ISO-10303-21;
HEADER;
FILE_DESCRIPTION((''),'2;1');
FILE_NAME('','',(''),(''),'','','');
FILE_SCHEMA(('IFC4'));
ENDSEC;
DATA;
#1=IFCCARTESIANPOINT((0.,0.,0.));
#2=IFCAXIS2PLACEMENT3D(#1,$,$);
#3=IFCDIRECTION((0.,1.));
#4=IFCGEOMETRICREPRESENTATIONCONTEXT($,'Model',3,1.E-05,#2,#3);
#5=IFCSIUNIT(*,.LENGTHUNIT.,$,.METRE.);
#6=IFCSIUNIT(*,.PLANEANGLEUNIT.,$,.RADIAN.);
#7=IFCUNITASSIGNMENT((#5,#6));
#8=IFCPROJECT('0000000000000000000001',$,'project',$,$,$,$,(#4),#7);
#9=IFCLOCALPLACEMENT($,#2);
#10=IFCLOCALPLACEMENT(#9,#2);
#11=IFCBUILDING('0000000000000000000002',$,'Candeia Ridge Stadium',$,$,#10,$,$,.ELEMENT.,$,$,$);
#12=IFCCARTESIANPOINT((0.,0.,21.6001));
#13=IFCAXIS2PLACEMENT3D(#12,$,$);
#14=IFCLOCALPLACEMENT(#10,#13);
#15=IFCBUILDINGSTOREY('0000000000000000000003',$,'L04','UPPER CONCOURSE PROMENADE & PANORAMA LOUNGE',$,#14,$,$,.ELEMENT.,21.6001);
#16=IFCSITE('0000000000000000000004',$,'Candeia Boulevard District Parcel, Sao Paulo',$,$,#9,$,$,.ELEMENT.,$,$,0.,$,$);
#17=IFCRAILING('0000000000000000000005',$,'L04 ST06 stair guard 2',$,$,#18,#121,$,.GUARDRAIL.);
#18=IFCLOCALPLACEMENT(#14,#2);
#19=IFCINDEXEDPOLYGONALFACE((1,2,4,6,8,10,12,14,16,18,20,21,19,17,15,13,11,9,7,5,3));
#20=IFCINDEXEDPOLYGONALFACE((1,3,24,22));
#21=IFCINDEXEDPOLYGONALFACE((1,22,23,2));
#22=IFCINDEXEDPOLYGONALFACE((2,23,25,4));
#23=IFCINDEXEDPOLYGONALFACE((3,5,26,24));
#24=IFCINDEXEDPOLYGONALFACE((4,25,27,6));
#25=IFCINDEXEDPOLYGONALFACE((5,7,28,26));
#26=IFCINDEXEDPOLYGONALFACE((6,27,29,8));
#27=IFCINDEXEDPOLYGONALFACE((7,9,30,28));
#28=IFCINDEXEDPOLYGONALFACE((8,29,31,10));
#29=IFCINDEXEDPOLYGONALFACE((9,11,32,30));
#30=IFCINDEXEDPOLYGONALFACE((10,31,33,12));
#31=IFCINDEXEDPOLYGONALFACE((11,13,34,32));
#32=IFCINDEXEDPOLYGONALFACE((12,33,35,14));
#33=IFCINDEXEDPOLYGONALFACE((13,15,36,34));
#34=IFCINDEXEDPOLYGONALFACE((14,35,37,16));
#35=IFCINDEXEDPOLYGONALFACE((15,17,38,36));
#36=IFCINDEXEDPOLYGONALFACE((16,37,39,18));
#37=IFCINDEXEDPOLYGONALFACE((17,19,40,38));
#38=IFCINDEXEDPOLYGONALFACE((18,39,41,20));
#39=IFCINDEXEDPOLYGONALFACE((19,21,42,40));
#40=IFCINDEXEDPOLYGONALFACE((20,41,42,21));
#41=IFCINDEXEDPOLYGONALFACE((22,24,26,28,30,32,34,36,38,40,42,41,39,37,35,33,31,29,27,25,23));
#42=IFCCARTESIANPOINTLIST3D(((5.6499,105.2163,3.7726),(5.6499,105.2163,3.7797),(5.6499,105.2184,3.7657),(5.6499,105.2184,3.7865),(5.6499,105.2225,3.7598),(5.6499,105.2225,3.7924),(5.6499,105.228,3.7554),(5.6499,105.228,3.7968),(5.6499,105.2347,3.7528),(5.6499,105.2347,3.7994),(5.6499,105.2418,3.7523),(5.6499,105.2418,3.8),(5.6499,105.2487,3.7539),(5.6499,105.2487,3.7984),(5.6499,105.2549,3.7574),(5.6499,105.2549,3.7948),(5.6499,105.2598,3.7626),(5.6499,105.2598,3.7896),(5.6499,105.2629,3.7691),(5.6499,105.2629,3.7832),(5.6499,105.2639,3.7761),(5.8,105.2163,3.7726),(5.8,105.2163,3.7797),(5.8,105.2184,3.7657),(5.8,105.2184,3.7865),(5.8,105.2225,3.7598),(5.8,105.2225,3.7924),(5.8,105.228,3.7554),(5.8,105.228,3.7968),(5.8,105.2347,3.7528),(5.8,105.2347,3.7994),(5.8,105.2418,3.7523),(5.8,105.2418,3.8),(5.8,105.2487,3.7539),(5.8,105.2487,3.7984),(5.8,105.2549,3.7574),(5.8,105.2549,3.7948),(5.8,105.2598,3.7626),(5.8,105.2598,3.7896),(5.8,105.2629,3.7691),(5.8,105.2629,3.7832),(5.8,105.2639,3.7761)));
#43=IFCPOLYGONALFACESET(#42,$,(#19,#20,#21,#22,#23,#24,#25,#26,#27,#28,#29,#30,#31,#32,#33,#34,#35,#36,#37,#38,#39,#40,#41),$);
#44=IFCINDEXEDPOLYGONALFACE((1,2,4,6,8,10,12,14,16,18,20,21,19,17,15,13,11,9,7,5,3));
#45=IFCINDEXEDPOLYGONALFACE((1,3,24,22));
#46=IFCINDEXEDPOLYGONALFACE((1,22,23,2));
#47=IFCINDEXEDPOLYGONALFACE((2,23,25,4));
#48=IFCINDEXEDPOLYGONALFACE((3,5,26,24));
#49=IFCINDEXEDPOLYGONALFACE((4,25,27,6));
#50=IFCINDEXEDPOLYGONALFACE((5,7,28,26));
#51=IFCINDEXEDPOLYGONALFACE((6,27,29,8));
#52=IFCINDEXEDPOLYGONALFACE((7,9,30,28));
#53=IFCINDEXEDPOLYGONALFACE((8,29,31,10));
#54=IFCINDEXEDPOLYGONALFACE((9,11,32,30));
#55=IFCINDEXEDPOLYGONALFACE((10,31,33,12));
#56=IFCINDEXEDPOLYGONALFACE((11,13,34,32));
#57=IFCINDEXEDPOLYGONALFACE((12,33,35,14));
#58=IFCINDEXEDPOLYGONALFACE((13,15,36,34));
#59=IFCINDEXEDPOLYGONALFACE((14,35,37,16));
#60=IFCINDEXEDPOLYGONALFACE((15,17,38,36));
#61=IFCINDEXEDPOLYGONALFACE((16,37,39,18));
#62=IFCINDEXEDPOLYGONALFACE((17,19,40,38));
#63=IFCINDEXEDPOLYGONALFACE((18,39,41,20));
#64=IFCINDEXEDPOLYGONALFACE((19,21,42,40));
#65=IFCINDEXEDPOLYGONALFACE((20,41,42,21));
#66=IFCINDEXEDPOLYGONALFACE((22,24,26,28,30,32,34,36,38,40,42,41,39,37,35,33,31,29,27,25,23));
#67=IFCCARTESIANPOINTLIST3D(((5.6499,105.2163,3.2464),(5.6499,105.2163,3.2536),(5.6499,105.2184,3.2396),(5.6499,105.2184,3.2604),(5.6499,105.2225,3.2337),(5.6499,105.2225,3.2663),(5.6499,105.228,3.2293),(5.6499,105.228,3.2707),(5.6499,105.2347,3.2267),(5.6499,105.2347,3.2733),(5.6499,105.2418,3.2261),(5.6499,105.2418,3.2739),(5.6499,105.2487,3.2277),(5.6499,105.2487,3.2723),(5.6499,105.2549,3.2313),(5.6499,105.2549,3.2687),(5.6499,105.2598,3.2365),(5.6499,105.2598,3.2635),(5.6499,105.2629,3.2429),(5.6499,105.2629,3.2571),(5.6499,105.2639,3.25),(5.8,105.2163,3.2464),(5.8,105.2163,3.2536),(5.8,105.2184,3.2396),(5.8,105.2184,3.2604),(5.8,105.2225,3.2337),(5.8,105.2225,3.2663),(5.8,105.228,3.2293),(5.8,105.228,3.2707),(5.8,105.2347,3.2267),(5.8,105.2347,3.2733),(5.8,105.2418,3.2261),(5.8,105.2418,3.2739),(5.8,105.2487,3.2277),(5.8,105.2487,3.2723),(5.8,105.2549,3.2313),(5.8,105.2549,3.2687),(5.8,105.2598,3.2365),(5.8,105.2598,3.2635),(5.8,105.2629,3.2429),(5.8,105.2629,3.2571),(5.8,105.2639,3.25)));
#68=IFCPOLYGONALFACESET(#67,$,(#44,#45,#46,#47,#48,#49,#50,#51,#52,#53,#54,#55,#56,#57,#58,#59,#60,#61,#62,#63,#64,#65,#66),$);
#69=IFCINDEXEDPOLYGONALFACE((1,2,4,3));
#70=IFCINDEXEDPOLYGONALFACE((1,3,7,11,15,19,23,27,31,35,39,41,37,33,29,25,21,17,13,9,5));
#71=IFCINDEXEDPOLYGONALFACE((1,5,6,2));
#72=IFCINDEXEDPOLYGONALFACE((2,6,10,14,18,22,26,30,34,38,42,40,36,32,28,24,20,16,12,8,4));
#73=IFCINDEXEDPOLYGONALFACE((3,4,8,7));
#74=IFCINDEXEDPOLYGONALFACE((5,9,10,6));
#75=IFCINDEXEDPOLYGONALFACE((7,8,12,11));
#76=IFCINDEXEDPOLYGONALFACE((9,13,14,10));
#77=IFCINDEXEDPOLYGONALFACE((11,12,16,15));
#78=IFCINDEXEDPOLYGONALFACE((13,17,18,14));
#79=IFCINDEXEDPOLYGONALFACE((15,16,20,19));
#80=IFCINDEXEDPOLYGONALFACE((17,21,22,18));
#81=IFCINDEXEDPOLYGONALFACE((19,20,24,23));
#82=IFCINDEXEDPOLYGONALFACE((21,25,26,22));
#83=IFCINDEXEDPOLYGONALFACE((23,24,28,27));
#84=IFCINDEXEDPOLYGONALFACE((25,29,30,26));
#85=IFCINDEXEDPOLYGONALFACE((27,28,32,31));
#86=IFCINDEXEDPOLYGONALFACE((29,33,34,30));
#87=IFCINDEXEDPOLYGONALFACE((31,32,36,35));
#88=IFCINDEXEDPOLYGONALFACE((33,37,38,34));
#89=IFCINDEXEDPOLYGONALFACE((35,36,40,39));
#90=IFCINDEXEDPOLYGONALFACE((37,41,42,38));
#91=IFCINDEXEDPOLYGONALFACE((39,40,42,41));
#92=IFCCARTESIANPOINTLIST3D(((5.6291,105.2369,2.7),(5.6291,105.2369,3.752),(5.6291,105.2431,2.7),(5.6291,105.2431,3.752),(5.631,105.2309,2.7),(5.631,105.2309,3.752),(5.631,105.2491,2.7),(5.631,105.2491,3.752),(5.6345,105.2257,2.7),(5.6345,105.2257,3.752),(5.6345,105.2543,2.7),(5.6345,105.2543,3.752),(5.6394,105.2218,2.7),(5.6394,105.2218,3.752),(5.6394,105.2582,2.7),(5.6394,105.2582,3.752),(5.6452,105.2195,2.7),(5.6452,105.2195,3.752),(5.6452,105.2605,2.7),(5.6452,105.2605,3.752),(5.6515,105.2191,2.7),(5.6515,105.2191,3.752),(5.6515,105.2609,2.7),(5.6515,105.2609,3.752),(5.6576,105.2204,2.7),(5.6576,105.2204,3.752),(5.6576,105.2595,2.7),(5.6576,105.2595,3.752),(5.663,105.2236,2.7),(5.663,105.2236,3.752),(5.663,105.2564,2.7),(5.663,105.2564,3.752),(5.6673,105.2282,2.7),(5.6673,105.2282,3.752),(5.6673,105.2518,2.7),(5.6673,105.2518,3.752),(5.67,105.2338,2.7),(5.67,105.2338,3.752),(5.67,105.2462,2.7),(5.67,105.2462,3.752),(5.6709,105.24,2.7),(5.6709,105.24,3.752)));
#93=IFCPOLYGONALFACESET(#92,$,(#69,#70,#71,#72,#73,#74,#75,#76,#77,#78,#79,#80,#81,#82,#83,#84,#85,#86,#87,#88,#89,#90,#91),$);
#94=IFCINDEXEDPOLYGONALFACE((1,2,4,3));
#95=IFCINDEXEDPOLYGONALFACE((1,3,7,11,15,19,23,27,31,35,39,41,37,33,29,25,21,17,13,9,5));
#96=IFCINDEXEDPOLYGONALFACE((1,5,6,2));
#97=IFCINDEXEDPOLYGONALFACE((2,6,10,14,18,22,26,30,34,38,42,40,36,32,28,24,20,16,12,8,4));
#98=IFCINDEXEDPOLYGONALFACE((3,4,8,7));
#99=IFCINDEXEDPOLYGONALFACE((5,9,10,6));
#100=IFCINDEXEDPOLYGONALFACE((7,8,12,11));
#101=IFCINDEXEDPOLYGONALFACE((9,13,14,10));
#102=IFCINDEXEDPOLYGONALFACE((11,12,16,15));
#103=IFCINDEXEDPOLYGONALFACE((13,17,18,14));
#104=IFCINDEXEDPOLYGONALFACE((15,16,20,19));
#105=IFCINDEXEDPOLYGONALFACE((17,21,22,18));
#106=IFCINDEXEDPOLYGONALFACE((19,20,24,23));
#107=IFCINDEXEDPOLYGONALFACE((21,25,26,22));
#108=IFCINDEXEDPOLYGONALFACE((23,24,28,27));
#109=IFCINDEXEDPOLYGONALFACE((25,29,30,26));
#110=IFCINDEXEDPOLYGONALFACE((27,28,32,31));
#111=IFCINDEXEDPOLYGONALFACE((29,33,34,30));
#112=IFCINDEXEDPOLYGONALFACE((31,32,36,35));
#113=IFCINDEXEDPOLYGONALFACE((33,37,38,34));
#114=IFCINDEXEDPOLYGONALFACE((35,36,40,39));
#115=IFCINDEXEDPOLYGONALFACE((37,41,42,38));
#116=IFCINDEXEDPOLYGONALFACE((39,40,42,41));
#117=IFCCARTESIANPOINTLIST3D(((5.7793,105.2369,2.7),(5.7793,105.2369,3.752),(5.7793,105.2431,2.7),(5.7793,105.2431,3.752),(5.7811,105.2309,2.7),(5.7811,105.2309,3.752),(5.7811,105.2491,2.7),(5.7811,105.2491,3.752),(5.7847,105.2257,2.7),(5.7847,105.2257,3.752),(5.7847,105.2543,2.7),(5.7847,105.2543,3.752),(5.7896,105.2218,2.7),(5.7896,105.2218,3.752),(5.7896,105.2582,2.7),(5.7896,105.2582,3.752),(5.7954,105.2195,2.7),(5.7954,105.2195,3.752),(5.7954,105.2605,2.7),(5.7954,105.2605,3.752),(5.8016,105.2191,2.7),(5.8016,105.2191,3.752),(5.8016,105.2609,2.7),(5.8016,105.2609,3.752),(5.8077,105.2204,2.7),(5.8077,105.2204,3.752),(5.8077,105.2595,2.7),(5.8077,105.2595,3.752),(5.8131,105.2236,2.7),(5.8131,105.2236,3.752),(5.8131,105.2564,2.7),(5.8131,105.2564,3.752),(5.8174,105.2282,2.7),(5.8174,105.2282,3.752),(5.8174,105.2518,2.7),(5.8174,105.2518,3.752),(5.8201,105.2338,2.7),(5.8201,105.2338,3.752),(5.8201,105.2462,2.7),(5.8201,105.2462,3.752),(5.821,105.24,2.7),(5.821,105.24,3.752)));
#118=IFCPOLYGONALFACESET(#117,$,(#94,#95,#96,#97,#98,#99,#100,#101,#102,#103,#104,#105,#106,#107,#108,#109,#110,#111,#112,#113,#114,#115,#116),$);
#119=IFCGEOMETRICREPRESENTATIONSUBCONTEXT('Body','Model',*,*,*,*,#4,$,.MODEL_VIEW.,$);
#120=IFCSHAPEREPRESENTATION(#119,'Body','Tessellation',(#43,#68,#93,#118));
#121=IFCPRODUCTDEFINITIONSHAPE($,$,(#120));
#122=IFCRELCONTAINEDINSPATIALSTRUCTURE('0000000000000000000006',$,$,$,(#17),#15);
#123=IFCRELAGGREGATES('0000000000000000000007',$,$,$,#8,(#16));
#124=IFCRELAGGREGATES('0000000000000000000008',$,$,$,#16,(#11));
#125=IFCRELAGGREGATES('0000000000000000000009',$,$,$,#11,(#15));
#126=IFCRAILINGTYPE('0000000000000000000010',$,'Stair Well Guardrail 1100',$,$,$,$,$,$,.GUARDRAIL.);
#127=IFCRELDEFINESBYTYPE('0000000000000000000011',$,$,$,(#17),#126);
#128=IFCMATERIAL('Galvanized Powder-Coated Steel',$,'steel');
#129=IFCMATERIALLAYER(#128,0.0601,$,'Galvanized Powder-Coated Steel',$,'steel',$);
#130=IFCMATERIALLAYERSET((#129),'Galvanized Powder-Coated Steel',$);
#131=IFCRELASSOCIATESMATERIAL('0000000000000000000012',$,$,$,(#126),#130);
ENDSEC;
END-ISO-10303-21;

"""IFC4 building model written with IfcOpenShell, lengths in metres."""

from ifc_helpers import new_model, si_unit, direction, frame, origin, origin_2d, place, context, subcontext, project, spatial, circle, extrude, material, layer, layer_set, type_object, element, save


model = new_model("IFC4")

# Units and contexts
model_context = context("Model", 3, precision=1e-05, world=origin(), true_north=direction((0.0, 1.0)))
body_context = subcontext(model_context, "Body", "Model", "MODEL_VIEW")
ifc_project = project(units=[si_unit("LENGTHUNIT", "METRE"), si_unit("PLANEANGLEUNIT", "RADIAN")], contexts=[model_context])

# Site, building, storey
site_placement = place(None, origin())
site = spatial("IfcSite", under=ifc_project, at=site_placement, Name="Candeia Boulevard District Parcel, Sao Paulo", CompositionType="ELEMENT", RefElevation=0.0)
building_placement = place(site_placement, origin())
building = spatial("IfcBuilding", under=site, at=building_placement, Name="Candeia Ridge Stadium", CompositionType="ELEMENT")
storey_placement = place(building_placement, frame((0.0, 0.0, 21.6001)))
storey = spatial("IfcBuildingStorey", under=building, at=storey_placement, Name="L04", Description="UPPER CONCOURSE PROMENADE & PANORAMA LOUNGE", CompositionType="ELEMENT", Elevation=21.6001)

# Railing
ifc_material_1 = material(Name="Galvanized Powder-Coated Steel", Category="steel")
ifc_layer_1 = layer(ifc_material_1, 0.0601, Name="Galvanized Powder-Coated Steel", Category="steel")
ifc_layer_set_1 = layer_set([ifc_layer_1], Name="Galvanized Powder-Coated Steel")
railing_type_1 = type_object("IfcRailingType", Name="Stair Well Guardrail 1100", PredefinedType="GUARDRAIL", material=ifc_layer_set_1)
railing_1_placement = place(storey_placement, frame((5.6499, 105.24, 2.7)))
element("IfcRailing", 1, at=railing_1_placement, inside=storey, type_object=railing_type_1, Name="L04 ST06 stair guard 2", PredefinedType="GUARDRAIL", context=body_context, shape_type="SweptSolid", body=[
    extrude(circle(Radius=0.0239, at=origin_2d()), frame((0.0, 0.0, 1.0762), z_axis=(1.0, 0.0, 0.0), x_axis=(0.0, 1.0, 0.0)), (0.0, 0.0, 1.0), 0.1501),
    extrude(circle(Radius=0.0239, at=origin_2d()), frame((0.0, 0.0, 0.55), z_axis=(1.0, 0.0, 0.0), x_axis=(0.0, 1.0, 0.0)), (0.0, 0.0, 1.0), 0.1501),
    extrude(circle(Radius=0.021, at=origin_2d()), origin(), (0.0, 0.0, 1.0), 1.052),
    extrude(circle(Radius=0.021, at=origin_2d()), frame((0.1501, 0.0, 0.0)), (0.0, 0.0, 1.0), 1.052),
])

save(model, "model.ifc")
